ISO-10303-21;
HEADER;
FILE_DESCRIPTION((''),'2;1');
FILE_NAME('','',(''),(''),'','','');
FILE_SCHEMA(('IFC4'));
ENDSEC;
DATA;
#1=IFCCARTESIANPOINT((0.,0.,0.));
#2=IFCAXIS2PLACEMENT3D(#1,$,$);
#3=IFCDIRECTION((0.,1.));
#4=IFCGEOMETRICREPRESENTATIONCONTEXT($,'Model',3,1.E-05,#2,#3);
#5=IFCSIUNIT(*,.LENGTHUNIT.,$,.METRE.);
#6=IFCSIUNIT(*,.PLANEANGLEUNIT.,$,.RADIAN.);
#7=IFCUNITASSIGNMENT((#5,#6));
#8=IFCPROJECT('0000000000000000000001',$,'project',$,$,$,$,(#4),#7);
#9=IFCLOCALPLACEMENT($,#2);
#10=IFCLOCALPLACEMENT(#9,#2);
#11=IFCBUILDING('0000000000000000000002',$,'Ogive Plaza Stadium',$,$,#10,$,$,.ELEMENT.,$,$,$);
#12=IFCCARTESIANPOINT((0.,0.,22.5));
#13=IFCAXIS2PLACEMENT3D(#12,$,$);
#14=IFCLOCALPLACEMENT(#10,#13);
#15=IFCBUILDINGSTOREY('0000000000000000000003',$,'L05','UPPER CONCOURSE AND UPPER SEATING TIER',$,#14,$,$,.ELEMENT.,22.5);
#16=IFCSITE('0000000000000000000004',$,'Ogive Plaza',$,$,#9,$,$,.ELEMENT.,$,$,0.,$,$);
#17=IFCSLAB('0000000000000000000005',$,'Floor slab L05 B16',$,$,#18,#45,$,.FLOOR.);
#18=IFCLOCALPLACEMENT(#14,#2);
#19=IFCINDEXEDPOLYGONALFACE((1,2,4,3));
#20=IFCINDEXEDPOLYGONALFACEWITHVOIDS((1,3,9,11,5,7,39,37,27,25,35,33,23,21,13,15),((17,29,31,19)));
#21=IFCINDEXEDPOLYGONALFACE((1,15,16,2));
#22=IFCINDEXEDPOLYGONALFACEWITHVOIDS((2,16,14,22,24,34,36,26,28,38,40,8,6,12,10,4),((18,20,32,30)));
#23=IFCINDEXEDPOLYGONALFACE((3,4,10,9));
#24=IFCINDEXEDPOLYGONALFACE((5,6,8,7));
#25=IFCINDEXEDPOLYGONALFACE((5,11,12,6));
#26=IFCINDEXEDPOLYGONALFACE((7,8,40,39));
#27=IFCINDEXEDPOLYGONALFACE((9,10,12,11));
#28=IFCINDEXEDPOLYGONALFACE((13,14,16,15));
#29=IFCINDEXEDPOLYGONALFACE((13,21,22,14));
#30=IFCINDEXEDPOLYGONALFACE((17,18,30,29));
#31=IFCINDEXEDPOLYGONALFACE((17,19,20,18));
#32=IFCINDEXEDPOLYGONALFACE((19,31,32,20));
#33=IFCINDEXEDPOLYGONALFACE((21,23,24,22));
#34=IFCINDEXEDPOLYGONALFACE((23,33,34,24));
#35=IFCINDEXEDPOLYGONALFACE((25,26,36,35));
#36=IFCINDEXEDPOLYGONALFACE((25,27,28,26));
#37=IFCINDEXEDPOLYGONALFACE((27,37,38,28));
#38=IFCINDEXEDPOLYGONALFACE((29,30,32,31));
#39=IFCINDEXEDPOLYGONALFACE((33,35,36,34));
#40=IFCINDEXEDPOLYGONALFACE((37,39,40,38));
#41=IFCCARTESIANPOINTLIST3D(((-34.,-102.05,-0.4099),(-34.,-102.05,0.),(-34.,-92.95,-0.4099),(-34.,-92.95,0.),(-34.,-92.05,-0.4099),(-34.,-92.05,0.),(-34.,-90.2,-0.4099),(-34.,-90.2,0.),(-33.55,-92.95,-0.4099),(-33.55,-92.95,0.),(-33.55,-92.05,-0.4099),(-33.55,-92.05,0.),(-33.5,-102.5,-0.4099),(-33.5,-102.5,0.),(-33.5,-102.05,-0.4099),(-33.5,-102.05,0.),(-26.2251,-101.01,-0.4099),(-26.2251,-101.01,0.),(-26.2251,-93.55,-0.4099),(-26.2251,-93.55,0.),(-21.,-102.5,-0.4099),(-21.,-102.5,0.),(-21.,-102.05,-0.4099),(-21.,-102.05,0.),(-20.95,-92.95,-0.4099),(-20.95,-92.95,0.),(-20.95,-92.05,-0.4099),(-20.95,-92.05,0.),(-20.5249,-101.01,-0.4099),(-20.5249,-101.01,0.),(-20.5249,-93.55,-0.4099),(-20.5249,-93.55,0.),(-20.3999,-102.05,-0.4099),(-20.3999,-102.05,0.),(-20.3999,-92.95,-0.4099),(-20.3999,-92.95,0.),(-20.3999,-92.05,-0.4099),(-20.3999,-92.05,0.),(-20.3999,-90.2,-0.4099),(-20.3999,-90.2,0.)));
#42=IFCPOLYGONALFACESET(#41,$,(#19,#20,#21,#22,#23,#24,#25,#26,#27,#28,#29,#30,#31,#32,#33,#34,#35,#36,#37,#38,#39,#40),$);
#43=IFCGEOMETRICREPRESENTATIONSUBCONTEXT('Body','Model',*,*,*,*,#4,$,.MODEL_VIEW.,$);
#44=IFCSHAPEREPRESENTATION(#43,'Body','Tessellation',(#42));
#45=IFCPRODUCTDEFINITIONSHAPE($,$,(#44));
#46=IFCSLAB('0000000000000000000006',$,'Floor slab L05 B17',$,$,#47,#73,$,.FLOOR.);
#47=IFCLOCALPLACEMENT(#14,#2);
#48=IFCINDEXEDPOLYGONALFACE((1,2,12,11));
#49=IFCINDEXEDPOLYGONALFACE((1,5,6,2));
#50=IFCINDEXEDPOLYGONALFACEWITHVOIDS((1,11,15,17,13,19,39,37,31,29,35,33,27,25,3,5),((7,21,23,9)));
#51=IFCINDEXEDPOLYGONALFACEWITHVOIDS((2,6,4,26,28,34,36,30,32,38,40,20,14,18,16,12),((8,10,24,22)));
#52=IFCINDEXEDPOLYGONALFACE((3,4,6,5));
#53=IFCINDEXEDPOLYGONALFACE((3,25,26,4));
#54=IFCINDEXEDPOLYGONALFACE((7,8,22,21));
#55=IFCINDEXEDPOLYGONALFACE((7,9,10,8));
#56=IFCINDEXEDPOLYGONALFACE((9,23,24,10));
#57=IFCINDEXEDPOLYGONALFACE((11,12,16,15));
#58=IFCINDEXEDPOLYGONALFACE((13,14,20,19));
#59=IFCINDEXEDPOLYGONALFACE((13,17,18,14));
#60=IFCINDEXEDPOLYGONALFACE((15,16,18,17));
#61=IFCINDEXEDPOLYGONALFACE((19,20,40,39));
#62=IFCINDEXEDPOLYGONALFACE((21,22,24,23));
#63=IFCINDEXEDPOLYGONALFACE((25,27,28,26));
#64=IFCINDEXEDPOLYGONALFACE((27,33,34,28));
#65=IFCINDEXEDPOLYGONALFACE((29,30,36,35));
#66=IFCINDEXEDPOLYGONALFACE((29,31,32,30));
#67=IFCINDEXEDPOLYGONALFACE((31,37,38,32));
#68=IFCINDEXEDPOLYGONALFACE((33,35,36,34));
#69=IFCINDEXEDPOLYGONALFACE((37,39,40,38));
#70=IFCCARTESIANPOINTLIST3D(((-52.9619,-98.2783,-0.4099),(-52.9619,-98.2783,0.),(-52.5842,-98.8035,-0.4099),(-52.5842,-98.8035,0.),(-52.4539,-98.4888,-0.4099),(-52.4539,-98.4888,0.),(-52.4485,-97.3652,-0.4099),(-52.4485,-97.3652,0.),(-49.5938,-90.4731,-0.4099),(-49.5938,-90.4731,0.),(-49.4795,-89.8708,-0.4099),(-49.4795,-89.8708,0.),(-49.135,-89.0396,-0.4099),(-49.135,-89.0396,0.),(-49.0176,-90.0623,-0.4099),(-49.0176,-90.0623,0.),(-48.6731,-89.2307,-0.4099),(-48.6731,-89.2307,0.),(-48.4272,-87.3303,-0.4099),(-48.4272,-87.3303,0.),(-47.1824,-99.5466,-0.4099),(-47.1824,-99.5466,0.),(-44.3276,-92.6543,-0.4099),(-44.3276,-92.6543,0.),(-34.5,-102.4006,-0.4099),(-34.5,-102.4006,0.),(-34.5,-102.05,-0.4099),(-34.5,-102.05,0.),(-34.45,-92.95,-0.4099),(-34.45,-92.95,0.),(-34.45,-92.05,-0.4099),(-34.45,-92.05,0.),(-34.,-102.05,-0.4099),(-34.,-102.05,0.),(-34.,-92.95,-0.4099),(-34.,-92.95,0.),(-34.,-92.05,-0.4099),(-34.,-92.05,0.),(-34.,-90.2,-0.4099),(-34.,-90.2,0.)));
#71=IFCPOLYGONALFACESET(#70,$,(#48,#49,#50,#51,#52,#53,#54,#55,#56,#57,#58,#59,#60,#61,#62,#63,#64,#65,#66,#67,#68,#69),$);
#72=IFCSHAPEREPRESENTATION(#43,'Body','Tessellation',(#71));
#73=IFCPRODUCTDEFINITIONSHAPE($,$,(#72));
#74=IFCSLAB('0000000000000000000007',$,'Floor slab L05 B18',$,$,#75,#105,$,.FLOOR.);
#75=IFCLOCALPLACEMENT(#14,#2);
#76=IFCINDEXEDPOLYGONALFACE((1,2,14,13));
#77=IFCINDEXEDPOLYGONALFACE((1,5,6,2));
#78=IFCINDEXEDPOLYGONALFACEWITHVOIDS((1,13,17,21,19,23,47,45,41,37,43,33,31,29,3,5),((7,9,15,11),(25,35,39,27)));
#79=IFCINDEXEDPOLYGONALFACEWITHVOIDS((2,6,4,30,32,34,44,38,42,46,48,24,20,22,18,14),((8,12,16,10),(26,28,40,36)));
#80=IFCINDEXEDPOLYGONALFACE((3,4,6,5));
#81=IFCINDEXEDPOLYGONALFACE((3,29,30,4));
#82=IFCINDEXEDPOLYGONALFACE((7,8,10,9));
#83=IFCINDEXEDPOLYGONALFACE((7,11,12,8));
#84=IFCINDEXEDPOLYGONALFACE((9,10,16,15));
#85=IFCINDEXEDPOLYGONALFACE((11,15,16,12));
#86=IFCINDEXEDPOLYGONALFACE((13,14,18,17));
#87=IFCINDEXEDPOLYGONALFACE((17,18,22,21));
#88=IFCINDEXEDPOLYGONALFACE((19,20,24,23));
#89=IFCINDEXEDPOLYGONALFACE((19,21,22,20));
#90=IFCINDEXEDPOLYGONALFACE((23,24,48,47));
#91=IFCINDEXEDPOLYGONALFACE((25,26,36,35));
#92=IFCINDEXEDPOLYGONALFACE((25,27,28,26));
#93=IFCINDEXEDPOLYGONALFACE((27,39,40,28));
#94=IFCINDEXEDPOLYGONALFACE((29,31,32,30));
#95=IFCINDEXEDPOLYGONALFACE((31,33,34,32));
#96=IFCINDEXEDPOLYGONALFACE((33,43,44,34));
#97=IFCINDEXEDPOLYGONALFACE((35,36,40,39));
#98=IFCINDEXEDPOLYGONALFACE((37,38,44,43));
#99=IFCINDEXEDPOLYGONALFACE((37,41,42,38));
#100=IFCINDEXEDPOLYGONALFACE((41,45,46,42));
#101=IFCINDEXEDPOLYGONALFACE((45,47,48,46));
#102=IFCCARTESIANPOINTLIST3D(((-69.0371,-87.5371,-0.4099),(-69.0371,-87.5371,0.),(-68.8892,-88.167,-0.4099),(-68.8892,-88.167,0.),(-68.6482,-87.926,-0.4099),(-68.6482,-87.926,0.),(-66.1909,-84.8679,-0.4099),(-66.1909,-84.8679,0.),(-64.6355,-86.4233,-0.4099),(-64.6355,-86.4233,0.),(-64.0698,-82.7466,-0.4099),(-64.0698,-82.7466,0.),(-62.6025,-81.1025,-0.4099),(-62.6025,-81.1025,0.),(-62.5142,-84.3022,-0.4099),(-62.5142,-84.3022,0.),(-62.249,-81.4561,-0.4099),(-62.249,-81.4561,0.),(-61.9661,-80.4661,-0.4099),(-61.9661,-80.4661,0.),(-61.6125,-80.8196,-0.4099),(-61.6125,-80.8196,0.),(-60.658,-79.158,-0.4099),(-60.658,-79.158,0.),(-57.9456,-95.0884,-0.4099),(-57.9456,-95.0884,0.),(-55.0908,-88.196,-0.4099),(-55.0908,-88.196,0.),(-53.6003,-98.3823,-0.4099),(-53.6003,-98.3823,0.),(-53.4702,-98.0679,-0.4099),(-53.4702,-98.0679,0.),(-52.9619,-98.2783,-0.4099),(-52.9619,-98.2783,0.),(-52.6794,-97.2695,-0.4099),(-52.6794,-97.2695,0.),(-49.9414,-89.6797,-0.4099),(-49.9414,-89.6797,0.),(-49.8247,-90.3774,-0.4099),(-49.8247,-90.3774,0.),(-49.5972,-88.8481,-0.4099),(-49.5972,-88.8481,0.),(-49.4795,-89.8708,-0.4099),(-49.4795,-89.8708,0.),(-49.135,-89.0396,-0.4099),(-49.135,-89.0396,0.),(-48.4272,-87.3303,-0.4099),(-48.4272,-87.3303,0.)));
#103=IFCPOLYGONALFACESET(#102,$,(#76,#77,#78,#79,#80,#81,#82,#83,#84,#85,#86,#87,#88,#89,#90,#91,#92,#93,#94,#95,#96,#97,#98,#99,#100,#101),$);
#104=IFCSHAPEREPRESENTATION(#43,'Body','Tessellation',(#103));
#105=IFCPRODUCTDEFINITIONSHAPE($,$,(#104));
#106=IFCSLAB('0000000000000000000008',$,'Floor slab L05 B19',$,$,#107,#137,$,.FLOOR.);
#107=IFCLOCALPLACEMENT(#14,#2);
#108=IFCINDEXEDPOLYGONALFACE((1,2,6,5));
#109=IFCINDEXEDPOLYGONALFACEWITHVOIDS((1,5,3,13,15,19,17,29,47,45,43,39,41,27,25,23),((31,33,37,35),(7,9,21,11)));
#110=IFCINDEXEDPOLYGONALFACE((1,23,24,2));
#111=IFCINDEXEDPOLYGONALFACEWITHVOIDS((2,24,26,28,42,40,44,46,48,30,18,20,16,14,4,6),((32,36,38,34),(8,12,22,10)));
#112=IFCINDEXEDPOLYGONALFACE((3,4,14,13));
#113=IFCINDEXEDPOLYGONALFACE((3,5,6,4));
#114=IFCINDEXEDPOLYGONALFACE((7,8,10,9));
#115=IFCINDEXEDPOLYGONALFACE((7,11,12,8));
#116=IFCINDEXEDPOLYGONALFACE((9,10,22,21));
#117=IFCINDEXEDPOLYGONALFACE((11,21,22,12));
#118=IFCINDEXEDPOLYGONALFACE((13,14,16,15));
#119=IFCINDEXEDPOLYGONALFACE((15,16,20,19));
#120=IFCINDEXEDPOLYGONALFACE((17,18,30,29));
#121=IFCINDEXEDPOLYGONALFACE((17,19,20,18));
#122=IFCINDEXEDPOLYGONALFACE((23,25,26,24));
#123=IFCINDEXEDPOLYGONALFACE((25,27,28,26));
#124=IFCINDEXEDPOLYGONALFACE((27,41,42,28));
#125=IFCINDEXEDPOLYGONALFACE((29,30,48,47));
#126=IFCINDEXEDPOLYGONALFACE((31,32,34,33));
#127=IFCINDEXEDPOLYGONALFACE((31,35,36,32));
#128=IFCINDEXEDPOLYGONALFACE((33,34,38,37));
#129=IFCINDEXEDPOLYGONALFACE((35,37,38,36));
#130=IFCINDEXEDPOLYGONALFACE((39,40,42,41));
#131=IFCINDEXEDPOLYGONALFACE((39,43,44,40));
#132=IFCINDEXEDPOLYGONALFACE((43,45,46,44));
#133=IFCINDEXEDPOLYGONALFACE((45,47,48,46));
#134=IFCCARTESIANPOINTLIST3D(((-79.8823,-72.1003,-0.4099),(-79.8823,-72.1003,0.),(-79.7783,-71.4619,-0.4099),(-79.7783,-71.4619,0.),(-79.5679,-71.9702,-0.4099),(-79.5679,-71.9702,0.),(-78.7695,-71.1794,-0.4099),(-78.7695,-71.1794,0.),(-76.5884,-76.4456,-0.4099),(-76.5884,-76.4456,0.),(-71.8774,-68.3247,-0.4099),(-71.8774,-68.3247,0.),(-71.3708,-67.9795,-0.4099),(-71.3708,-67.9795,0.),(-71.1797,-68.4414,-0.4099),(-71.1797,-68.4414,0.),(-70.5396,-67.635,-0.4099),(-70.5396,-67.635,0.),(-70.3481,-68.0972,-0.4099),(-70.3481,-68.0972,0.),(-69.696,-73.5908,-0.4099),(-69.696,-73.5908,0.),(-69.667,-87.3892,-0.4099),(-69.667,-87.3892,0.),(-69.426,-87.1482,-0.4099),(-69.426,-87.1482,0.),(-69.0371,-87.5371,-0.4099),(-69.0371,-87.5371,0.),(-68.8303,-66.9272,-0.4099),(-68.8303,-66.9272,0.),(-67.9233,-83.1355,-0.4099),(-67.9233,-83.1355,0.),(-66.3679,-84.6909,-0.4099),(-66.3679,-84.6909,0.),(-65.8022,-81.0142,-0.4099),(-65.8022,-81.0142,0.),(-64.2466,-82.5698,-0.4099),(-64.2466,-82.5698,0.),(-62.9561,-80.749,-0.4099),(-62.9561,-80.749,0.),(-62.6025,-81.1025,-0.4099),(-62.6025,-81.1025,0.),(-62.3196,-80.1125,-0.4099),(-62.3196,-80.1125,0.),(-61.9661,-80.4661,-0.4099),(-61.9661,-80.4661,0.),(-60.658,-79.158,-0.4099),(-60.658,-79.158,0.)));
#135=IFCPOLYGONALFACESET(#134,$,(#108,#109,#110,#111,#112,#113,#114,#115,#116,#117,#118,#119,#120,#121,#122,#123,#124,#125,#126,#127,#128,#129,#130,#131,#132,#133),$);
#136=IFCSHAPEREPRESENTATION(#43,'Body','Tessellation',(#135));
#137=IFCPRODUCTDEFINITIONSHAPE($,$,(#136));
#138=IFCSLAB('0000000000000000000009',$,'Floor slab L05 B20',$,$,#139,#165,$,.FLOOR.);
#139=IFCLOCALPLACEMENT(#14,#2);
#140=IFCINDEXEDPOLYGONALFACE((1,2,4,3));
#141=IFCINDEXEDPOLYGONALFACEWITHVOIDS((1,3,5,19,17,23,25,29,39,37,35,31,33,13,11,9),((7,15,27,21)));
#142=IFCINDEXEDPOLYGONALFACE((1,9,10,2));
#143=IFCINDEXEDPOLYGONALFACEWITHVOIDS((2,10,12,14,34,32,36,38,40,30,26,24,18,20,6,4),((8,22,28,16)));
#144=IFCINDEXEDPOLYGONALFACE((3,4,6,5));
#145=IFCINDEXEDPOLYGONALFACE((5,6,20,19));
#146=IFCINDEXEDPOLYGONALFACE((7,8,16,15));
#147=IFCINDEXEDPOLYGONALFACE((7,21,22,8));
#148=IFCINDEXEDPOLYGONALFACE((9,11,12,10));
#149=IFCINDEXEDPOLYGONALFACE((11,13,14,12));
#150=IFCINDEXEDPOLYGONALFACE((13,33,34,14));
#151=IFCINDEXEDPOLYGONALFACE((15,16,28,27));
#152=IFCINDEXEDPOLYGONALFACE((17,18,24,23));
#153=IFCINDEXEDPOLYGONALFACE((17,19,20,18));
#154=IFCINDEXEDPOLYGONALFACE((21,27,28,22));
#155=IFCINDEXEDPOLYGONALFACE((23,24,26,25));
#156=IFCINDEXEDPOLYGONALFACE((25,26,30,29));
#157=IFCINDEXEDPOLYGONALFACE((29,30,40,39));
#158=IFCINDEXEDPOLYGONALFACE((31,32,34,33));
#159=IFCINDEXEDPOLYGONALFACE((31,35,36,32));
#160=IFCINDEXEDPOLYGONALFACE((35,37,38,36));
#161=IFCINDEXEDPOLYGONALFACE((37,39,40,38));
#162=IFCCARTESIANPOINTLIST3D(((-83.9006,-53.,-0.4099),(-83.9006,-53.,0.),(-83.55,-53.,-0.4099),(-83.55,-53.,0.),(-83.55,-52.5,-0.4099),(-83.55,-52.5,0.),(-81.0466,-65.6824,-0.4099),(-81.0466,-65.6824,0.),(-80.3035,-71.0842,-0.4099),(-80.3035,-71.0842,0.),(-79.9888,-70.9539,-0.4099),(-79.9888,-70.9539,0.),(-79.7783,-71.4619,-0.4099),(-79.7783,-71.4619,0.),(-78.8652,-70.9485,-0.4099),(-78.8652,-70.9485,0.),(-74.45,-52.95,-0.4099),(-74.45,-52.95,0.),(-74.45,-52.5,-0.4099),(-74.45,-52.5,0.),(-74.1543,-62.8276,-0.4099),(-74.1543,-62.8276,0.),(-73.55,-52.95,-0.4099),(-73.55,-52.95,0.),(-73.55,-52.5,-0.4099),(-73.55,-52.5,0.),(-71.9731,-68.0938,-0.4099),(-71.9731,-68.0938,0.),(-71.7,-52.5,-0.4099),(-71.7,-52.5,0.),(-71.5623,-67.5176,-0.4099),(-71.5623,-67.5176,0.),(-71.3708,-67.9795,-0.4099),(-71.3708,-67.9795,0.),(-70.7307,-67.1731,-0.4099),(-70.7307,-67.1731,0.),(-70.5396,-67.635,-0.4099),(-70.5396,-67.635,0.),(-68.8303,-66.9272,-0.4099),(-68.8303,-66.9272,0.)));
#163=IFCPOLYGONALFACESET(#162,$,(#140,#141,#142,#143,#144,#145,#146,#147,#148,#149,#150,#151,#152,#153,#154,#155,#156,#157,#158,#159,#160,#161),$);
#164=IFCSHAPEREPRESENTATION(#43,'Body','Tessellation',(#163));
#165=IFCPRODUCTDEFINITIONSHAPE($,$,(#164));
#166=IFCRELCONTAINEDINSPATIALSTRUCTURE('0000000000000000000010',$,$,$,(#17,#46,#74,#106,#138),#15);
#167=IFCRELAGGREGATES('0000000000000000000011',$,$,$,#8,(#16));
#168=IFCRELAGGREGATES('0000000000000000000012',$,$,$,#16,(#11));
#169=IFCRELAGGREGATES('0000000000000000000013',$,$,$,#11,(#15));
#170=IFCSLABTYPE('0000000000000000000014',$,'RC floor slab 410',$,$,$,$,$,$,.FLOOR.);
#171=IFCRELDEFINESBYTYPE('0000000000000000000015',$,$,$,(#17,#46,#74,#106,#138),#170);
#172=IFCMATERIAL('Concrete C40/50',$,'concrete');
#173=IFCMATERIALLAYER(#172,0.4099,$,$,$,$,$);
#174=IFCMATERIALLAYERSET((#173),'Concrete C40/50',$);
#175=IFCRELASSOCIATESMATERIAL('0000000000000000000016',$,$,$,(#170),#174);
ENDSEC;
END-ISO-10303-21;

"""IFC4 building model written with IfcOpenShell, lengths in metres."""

from ifc_helpers import new_model, si_unit, direction, frame, origin, place, context, subcontext, project, spatial, polyline, outline, extrude, material, layer, layer_set, type_object, element, save


model = new_model("IFC4")

# Units and contexts
model_context = context("Model", 3, precision=1e-05, world=origin(), true_north=direction((0.0, 1.0)))
body_context = subcontext(model_context, "Body", "Model", "MODEL_VIEW")
ifc_project = project(units=[si_unit("LENGTHUNIT", "METRE"), si_unit("PLANEANGLEUNIT", "RADIAN")], contexts=[model_context])

# Site, building, storey
site_placement = place(None, origin())
site = spatial("IfcSite", under=ifc_project, at=site_placement, Name="Ogive Plaza", CompositionType="ELEMENT", RefElevation=0.0)
building_placement = place(site_placement, origin())
building = spatial("IfcBuilding", under=site, at=building_placement, Name="Ogive Plaza Stadium", CompositionType="ELEMENT")
storey_placement = place(building_placement, frame((0.0, 0.0, 22.5)))
storey = spatial("IfcBuildingStorey", under=building, at=storey_placement, Name="L05", Description="UPPER CONCOURSE AND UPPER SEATING TIER", CompositionType="ELEMENT", Elevation=22.5)

# Slabs
ifc_material = material(Name="Concrete C40/50", Category="concrete")
ifc_layer = layer(ifc_material, 0.4099)
ifc_layer_set = layer_set([ifc_layer], Name="Concrete C40/50")
slab_type = type_object("IfcSlabType", Name="RC floor slab 410", PredefinedType="FLOOR", material=ifc_layer_set)
slab_1_placement = place(storey_placement, frame((0.0, 0.0, -0.4099)))
element("IfcSlab", 1, at=slab_1_placement, inside=storey, type_object=slab_type, Name="Floor slab L05 B16", PredefinedType="FLOOR", context=body_context, shape_type="SweptSolid", body=[
    extrude(outline(polyline([(-34.0, -92.05), (-33.55, -92.05), (-33.55, -92.95), (-34.0, -92.95), (-34.0, -102.05), (-33.5, -102.05), (-33.5, -102.5), (-21.0, -102.5), (-21.0, -102.05), (-20.3999, -102.05), (-20.3999, -92.95), (-20.95, -92.95), (-20.95, -92.05), (-20.3999, -92.05), (-20.3999, -90.2), (-34.0, -90.2), (-34.0, -92.05)]), holes=[polyline([(-20.5249, -93.55), (-26.2251, -93.55), (-26.2251, -101.01), (-20.5249, -101.01), (-20.5249, -93.55)])]), origin(), (0.0, 0.0, 1.0), 0.4099),
])
slab_2_placement = place(storey_placement, frame((0.0, 0.0, -0.4099)))
element("IfcSlab", 2, at=slab_2_placement, inside=storey, type_object=slab_type, Name="Floor slab L05 B17", PredefinedType="FLOOR", context=body_context, shape_type="SweptSolid", body=[
    extrude(outline(polyline([(-49.135, -89.0396), (-48.6731, -89.2307), (-49.0176, -90.0623), (-49.4795, -89.8708), (-52.9619, -98.2783), (-52.4539, -98.4888), (-52.5842, -98.8035), (-34.5, -102.4006), (-34.5, -102.05), (-34.0, -102.05), (-34.0, -92.95), (-34.45, -92.95), (-34.45, -92.05), (-34.0, -92.05), (-34.0, -90.2), (-48.4272, -87.3303), (-49.135, -89.0396)]), holes=[polyline([(-44.3276, -92.6543), (-49.5938, -90.4731), (-52.4485, -97.3652), (-47.1824, -99.5466), (-44.3276, -92.6543)])]), origin(), (0.0, 0.0, 1.0), 0.4099),
])
slab_3_placement = place(storey_placement, frame((0.0, 0.0, -0.4099)))
element("IfcSlab", 3, at=slab_3_placement, inside=storey, type_object=slab_type, Name="Floor slab L05 B18", PredefinedType="FLOOR", context=body_context, shape_type="SweptSolid", body=[
    extrude(outline(polyline([(-61.9661, -80.4661), (-61.6125, -80.8196), (-62.249, -81.4561), (-62.6025, -81.1025), (-69.0371, -87.5371), (-68.6482, -87.926), (-68.8892, -88.167), (-53.6003, -98.3823), (-53.4702, -98.0679), (-52.9619, -98.2783), (-49.4795, -89.8708), (-49.9414, -89.6797), (-49.5972, -88.8481), (-49.135, -89.0396), (-48.4272, -87.3303), (-60.658, -79.158), (-61.9661, -80.4661)]), holes=[polyline([(-49.8247, -90.3774), (-55.0908, -88.196), (-57.9456, -95.0884), (-52.6794, -97.2695), (-49.8247, -90.3774)]), polyline([(-62.5142, -84.3022), (-64.0698, -82.7466), (-66.1909, -84.8679), (-64.6355, -86.4233), (-62.5142, -84.3022)])]), origin(), (0.0, 0.0, 1.0), 0.4099),
])
slab_4_placement = place(storey_placement, frame((0.0, 0.0, -0.4099)))
element("IfcSlab", 4, at=slab_4_placement, inside=storey, type_object=slab_type, Name="Floor slab L05 B19", PredefinedType="FLOOR", context=body_context, shape_type="SweptSolid", body=[
    extrude(outline(polyline([(-70.5396, -67.635), (-70.3481, -68.0972), (-71.1797, -68.4414), (-71.3708, -67.9795), (-79.7783, -71.4619), (-79.5679, -71.9702), (-79.8823, -72.1003), (-69.667, -87.3892), (-69.426, -87.1482), (-69.0371, -87.5371), (-62.6025, -81.1025), (-62.9561, -80.749), (-62.3196, -80.1125), (-61.9661, -80.4661), (-60.658, -79.158), (-68.8303, -66.9272), (-70.5396, -67.635)]), holes=[polyline([(-64.2466, -82.5698), (-65.8022, -81.0142), (-67.9233, -83.1355), (-66.3679, -84.6909), (-64.2466, -82.5698)]), polyline([(-69.696, -73.5908), (-71.8774, -68.3247), (-78.7695, -71.1794), (-76.5884, -76.4456), (-69.696, -73.5908)])]), origin(), (0.0, 0.0, 1.0), 0.4099),
])
slab_5_placement = place(storey_placement, frame((0.0, 0.0, -0.4099)))
element("IfcSlab", 5, at=slab_5_placement, inside=storey, type_object=slab_type, Name="Floor slab L05 B20", PredefinedType="FLOOR", context=body_context, shape_type="SweptSolid", body=[
    extrude(outline(polyline([(-73.55, -52.5), (-73.55, -52.95), (-74.45, -52.95), (-74.45, -52.5), (-83.55, -52.5), (-83.55, -53.0), (-83.9006, -53.0), (-80.3035, -71.0842), (-79.9888, -70.9539), (-79.7783, -71.4619), (-71.3708, -67.9795), (-71.5623, -67.5176), (-70.7307, -67.1731), (-70.5396, -67.635), (-68.8303, -66.9272), (-71.7, -52.5), (-73.55, -52.5)]), holes=[polyline([(-71.9731, -68.0938), (-74.1543, -62.8276), (-81.0466, -65.6824), (-78.8652, -70.9485), (-71.9731, -68.0938)])]), origin(), (0.0, 0.0, 1.0), 0.4099),
])

save(model, "model.ifc")
